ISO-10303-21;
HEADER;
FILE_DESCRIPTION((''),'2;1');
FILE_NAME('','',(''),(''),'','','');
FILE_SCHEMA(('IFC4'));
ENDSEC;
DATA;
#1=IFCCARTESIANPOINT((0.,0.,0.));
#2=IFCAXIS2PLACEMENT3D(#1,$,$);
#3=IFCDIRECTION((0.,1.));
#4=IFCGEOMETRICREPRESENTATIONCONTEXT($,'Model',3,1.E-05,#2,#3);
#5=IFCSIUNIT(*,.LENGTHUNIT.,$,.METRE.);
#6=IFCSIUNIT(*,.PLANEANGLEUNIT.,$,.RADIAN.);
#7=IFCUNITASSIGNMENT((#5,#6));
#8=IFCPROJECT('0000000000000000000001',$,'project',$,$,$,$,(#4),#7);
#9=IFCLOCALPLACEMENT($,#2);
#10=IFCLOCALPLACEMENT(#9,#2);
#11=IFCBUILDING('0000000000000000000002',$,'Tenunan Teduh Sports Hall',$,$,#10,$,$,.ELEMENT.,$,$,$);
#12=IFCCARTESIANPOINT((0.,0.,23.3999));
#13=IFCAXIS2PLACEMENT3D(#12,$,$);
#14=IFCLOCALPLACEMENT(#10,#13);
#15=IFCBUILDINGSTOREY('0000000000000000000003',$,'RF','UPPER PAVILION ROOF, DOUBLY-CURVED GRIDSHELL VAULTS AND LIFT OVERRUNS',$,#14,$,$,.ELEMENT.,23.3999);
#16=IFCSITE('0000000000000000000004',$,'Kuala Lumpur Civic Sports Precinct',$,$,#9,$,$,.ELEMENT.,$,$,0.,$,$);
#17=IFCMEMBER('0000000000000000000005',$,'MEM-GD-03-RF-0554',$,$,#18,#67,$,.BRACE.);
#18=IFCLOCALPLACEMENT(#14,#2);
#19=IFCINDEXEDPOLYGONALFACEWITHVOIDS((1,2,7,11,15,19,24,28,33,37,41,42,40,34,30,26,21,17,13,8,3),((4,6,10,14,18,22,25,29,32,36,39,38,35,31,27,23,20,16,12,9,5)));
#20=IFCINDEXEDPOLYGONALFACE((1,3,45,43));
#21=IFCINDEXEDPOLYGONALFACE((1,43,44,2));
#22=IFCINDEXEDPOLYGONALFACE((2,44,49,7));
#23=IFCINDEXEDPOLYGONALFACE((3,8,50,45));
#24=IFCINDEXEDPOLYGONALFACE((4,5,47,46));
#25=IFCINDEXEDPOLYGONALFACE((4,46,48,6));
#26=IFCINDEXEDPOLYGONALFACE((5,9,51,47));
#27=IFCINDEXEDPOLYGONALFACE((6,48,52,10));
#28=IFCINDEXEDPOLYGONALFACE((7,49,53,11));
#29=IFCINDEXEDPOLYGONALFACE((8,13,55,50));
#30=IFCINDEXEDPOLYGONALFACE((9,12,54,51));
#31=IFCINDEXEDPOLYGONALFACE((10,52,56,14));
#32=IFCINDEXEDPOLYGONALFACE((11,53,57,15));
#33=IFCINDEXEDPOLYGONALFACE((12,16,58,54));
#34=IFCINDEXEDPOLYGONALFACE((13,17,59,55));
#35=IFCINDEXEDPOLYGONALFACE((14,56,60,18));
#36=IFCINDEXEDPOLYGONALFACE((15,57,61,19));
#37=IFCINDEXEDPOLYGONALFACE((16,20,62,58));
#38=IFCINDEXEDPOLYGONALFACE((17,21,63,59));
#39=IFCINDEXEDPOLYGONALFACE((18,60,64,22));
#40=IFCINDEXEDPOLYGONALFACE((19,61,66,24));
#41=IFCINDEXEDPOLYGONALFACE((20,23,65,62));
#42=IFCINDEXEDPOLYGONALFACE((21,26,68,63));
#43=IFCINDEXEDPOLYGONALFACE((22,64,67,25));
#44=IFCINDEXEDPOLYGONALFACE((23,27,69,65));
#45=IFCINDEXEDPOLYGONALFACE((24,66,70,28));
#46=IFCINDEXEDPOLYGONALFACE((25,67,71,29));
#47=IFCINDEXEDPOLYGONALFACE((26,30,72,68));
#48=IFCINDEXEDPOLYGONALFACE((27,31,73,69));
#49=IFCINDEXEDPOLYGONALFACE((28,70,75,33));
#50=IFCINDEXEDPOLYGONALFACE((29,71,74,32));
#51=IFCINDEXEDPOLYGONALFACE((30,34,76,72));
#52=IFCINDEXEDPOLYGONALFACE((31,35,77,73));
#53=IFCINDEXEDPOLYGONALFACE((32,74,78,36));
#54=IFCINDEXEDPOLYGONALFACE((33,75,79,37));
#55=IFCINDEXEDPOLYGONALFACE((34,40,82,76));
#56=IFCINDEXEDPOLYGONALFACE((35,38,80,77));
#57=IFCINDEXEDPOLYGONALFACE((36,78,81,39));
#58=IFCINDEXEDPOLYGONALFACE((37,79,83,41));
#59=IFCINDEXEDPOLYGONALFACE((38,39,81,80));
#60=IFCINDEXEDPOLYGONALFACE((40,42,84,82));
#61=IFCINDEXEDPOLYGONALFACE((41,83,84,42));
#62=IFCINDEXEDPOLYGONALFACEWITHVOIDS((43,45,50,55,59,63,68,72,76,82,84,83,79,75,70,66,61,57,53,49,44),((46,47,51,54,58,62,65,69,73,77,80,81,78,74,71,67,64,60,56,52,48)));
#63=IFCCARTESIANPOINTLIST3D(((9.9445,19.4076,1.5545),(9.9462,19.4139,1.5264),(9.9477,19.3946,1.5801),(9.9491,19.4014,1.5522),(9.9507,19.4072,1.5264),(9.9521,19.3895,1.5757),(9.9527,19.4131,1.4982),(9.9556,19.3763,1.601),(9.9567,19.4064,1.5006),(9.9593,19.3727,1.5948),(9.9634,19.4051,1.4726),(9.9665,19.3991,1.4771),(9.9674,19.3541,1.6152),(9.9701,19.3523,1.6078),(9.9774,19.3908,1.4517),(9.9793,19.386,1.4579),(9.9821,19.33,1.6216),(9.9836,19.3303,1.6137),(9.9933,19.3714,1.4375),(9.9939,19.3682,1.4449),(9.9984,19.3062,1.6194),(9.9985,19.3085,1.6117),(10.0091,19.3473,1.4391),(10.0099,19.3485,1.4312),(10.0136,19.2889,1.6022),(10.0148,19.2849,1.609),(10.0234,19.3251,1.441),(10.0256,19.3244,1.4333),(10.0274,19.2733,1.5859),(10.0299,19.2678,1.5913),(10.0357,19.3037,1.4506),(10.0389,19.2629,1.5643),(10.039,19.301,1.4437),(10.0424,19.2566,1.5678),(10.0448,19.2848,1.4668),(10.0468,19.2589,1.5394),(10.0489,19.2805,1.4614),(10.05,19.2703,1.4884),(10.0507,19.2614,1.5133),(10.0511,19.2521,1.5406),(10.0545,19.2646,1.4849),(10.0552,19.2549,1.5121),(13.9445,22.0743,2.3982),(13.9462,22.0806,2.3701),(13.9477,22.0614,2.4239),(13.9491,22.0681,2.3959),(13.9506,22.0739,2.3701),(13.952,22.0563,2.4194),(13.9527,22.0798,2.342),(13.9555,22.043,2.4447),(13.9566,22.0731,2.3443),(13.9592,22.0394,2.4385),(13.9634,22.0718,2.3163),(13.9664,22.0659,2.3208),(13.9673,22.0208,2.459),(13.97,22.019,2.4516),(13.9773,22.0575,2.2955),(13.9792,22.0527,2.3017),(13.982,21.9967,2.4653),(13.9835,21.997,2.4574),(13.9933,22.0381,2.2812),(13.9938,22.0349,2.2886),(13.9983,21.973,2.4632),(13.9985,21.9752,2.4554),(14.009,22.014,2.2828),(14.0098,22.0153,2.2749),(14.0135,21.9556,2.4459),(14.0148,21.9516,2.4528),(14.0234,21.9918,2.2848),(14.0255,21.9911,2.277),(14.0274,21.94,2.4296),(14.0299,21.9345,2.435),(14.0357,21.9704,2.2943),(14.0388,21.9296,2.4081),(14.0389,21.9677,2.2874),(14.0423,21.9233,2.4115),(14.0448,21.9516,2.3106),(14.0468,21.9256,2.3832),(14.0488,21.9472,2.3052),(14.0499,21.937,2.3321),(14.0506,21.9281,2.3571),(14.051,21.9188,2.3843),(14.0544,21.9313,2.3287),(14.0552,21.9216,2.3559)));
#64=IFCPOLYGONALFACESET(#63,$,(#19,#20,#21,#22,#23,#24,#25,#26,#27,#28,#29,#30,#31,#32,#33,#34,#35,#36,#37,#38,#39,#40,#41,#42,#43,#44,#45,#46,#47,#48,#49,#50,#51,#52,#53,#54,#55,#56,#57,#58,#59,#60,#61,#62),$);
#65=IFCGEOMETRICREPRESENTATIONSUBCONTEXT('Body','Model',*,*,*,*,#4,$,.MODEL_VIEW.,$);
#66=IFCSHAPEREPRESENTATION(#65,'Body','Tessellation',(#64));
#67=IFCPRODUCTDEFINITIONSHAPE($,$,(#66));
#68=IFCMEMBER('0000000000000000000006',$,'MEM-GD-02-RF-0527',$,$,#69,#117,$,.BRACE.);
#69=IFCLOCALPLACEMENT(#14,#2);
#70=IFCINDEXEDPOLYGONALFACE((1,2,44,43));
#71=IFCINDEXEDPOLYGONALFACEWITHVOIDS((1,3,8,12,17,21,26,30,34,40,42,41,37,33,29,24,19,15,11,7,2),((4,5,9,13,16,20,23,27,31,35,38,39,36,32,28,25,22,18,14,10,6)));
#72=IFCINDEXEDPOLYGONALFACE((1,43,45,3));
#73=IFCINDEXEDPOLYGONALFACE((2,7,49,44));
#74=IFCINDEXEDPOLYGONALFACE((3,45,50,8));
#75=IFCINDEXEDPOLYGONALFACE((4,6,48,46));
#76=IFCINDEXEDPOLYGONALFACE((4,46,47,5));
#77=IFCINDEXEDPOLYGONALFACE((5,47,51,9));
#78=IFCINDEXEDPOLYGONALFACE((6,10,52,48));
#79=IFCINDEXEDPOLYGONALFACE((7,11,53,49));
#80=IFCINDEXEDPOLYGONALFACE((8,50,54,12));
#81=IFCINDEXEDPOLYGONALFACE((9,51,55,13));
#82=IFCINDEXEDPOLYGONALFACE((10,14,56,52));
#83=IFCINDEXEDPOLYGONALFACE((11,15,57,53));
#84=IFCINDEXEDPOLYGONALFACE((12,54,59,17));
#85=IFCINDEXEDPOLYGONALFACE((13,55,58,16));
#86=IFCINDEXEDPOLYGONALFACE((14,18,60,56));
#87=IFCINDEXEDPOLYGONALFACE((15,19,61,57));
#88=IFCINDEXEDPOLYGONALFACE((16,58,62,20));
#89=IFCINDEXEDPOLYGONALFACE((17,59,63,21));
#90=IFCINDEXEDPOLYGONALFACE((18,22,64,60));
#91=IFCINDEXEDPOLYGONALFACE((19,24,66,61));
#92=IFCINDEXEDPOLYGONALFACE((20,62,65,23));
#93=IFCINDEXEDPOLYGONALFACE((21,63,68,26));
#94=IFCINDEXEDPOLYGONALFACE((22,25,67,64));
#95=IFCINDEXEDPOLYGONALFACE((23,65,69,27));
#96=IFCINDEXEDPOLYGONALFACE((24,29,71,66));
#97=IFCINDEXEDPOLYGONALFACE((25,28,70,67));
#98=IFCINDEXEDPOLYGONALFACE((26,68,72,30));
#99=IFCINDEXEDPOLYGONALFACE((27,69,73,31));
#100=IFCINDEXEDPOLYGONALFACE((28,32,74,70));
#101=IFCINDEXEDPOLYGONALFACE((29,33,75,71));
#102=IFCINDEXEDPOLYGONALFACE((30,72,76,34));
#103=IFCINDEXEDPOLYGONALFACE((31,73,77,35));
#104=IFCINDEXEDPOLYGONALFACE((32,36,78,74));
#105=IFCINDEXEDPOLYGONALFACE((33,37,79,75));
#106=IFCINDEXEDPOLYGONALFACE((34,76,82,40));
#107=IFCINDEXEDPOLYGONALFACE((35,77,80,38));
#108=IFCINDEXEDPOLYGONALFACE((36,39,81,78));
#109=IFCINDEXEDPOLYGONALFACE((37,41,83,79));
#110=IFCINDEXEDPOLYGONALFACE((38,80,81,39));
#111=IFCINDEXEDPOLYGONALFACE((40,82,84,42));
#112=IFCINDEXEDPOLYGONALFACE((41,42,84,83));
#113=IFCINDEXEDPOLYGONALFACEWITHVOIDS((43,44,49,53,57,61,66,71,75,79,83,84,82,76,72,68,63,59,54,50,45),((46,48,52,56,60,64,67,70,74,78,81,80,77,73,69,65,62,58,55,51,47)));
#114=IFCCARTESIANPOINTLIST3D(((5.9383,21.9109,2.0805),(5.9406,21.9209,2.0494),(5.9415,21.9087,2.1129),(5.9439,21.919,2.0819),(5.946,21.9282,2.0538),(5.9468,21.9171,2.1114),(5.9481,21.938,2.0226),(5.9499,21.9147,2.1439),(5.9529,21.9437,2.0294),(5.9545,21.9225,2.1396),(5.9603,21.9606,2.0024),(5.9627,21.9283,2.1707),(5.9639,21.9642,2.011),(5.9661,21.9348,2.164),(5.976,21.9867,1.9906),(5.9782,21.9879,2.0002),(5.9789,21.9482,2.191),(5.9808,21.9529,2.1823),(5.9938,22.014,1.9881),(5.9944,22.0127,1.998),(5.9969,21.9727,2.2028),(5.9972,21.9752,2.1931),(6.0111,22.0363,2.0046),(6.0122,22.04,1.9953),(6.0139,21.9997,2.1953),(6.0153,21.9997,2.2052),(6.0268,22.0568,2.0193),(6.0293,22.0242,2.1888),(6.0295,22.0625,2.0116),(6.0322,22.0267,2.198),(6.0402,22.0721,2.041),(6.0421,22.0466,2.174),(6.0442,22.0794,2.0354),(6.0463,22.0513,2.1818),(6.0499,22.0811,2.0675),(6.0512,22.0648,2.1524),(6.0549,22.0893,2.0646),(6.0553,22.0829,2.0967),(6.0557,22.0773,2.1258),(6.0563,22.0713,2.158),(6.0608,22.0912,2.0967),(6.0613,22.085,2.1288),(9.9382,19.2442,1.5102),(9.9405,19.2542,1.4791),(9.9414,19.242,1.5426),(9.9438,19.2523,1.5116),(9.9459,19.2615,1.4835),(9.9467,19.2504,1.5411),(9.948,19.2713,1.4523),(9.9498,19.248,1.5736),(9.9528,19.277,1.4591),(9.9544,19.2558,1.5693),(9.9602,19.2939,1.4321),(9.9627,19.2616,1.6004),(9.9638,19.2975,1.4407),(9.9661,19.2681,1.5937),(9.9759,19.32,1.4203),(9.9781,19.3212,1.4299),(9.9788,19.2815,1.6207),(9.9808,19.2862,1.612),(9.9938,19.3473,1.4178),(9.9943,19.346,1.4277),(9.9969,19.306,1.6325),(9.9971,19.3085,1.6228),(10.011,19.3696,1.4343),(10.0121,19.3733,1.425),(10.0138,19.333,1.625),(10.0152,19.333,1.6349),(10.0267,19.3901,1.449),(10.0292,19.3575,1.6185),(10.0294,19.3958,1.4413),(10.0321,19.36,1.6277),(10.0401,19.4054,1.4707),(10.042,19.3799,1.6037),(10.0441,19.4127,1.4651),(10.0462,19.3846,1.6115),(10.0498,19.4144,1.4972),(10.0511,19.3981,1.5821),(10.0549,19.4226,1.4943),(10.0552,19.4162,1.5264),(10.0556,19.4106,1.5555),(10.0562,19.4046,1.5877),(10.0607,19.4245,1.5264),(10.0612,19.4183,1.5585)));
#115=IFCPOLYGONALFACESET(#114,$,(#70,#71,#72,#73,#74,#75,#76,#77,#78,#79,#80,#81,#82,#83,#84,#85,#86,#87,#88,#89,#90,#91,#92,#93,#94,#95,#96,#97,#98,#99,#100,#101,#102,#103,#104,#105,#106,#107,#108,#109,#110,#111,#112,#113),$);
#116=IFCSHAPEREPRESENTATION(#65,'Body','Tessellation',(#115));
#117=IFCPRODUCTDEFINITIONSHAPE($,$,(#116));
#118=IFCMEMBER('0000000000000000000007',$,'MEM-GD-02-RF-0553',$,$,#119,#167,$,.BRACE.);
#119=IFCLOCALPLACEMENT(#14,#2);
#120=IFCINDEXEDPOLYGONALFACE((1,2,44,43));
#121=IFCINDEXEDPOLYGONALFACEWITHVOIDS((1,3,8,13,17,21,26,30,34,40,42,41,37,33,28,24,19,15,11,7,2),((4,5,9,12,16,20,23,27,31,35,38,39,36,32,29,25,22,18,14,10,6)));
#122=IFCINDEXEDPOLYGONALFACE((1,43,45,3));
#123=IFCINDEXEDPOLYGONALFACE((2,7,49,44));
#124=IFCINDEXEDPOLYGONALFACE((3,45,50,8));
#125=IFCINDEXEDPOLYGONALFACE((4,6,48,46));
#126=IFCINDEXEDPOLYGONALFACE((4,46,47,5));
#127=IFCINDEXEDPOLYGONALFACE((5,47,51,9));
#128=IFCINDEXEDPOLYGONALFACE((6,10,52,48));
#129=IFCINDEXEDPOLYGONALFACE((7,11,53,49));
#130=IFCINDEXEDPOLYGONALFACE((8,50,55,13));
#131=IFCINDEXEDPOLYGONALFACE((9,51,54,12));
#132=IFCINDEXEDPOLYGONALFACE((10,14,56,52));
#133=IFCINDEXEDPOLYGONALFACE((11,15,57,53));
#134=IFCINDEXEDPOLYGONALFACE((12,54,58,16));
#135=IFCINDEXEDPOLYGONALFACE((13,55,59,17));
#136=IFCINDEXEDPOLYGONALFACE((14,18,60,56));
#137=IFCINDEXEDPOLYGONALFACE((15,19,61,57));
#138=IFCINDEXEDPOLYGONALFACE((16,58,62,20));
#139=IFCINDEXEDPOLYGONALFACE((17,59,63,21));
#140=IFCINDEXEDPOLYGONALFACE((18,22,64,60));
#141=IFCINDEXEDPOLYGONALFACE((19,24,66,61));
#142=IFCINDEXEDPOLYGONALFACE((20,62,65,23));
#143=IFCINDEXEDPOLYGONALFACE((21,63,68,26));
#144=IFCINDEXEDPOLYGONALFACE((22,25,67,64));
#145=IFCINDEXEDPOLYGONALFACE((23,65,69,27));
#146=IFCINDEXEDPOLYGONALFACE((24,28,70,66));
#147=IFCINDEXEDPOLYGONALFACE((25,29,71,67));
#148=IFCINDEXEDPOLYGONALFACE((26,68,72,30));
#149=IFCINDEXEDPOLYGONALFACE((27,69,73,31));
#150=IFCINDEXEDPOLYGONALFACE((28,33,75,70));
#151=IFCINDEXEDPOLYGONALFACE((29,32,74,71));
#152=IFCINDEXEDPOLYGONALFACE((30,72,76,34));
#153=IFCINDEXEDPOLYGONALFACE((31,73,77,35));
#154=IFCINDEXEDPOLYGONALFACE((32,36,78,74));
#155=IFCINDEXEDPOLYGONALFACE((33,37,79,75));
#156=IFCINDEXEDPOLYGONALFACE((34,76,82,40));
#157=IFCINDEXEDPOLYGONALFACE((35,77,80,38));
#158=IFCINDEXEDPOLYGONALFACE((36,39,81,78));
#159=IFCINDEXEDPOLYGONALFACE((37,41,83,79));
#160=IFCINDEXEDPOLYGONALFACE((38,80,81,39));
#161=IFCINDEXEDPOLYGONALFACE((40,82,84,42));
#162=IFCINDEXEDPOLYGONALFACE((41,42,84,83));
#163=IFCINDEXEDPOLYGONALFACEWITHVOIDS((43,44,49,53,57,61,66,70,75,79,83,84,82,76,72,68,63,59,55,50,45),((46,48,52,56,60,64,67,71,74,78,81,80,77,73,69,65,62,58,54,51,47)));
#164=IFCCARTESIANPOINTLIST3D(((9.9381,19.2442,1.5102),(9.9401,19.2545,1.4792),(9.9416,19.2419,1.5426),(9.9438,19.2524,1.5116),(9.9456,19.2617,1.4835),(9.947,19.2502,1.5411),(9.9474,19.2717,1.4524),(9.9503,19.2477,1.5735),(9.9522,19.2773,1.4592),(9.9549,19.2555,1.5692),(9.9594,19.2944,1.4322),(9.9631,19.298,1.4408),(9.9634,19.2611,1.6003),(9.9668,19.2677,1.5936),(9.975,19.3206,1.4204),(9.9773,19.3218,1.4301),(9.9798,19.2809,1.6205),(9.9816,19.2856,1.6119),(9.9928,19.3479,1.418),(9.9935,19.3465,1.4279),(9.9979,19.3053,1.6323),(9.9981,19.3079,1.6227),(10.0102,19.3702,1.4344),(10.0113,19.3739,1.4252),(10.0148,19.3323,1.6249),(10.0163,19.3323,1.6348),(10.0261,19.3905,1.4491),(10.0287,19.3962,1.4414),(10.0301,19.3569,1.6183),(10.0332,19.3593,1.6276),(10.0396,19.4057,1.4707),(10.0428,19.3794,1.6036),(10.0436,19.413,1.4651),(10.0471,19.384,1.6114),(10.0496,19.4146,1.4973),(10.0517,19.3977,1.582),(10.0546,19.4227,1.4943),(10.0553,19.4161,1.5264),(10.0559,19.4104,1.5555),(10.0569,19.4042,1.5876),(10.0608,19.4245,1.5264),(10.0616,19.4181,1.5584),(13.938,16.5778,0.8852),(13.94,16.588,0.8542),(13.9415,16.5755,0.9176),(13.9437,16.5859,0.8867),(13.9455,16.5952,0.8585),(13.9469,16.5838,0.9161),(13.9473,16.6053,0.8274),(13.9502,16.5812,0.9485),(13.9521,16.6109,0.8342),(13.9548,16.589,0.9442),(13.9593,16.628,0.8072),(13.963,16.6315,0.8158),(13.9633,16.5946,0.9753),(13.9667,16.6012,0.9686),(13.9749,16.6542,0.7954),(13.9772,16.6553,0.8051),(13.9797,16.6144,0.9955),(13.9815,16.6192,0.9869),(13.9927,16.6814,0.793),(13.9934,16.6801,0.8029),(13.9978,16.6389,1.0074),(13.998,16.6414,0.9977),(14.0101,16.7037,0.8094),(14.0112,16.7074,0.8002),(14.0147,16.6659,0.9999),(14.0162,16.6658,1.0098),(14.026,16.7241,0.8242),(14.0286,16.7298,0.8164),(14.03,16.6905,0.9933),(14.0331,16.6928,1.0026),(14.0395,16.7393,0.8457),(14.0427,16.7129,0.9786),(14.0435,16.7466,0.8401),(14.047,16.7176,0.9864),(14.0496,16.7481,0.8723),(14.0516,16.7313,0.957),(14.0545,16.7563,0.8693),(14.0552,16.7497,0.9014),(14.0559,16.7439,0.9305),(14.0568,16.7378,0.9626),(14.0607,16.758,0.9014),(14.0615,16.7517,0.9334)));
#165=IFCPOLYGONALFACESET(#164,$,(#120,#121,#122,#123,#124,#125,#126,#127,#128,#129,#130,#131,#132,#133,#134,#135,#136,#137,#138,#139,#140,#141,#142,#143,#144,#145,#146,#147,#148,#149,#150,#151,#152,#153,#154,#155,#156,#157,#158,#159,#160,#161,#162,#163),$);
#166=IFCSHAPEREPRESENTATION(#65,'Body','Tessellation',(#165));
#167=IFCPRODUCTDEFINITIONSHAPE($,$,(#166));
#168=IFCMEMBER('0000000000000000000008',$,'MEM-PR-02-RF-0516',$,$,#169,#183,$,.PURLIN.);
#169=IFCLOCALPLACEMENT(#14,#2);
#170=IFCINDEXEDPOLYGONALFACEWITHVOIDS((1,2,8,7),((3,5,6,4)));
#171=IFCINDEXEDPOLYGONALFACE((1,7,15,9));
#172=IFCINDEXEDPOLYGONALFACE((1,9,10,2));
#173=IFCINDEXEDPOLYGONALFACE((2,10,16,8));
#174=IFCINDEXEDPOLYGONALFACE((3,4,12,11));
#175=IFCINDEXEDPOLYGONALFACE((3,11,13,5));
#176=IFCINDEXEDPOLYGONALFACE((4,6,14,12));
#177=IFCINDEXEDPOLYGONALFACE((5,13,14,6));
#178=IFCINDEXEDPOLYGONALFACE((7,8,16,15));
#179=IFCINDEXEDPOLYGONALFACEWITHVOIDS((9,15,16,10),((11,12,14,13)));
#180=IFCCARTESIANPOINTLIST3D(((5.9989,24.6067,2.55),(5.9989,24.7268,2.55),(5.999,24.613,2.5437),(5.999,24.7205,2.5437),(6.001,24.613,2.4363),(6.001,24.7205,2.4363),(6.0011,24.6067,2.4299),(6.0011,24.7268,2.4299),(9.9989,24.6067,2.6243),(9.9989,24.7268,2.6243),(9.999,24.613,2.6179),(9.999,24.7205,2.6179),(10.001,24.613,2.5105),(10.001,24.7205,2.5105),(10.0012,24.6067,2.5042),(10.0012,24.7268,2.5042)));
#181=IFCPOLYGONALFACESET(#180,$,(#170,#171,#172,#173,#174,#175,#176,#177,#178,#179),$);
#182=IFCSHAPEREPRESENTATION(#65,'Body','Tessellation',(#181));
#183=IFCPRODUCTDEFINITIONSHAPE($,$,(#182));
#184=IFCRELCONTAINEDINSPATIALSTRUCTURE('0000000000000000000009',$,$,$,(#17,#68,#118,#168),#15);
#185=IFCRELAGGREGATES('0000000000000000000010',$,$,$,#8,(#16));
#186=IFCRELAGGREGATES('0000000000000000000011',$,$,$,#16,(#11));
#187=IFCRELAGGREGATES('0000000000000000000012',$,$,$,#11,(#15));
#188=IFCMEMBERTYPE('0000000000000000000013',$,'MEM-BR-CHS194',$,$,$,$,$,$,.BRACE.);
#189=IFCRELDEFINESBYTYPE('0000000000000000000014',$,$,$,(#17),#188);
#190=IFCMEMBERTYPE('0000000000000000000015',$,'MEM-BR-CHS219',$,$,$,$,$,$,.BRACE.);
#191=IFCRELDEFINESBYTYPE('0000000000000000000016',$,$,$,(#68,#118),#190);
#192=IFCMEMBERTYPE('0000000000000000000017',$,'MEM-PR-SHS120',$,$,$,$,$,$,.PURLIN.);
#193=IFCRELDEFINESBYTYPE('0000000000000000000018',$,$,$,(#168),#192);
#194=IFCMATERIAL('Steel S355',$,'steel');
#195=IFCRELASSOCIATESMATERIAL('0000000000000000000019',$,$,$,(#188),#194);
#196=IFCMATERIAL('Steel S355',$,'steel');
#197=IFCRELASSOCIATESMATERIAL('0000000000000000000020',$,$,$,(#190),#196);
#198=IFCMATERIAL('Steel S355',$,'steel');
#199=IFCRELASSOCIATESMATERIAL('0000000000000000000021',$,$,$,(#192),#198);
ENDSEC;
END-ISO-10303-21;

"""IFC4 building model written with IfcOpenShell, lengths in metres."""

from ifc_helpers import new_model, si_unit, direction, frame, origin, origin_2d, place, context, subcontext, project, spatial, hollow_rectangle, hollow_circle, extrude, material, material_profile, profile_set, type_object, element, save


model = new_model("IFC4")

# Units and contexts
model_context = context("Model", 3, precision=1e-05, world=origin(), true_north=direction((0.0, 1.0)))
body_context = subcontext(model_context, "Body", "Model", "MODEL_VIEW")
ifc_project = project(units=[si_unit("LENGTHUNIT", "METRE"), si_unit("PLANEANGLEUNIT", "RADIAN")], contexts=[model_context])

# Site, building, storey
site_placement = place(None, origin())
site = spatial("IfcSite", under=ifc_project, at=site_placement, Name="Kuala Lumpur Civic Sports Precinct", CompositionType="ELEMENT", RefElevation=0.0)
building_placement = place(site_placement, origin())
building = spatial("IfcBuilding", under=site, at=building_placement, Name="Tenunan Teduh Sports Hall", CompositionType="ELEMENT")
storey_placement = place(building_placement, frame((0.0, 0.0, 23.3999)))
storey = spatial("IfcBuildingStorey", under=building, at=storey_placement, Name="RF", Description="UPPER PAVILION ROOF, DOUBLY-CURVED GRIDSHELL VAULTS AND LIFT OVERRUNS", CompositionType="ELEMENT", Elevation=23.3999)

# Members
ifc_material_1 = material(Name="Steel S355", Category="steel")
ifc_material_profile_1 = material_profile(ifc_material_1, hollow_circle(Radius=0.0969, WallThickness=0.0081, at=origin_2d()), Name="CHS 193.7x8.0")
ifc_profile_set_1 = profile_set([ifc_material_profile_1], Name="Steel S355")
member_type_1 = type_object("IfcMemberType", Name="MEM-BR-CHS194", PredefinedType="BRACE", material=ifc_profile_set_1)
member_1_placement = place(storey_placement, frame((10.0, 19.3333, 1.5264), z_axis=(0.819516, 0.546361, 0.172867), x_axis=(-0.554712, 0.832042, 0.0)))
element("IfcMember", 1, at=member_1_placement, inside=storey, type_object=member_type_1, Name="MEM-GD-03-RF-0554", PredefinedType="BRACE", context=body_context, shape_type="SweptSolid", body=[
    extrude(hollow_circle(Radius=0.0969, WallThickness=0.0081, at=origin_2d()), origin(), (0.0, 0.0, 1.0), 4.8809),
])
ifc_material_2 = material(Name="Steel S355", Category="steel")
ifc_material_profile_2 = material_profile(ifc_material_2, hollow_circle(Radius=0.1096, WallThickness=0.01, at=origin_2d()), Name="CHS 219.1x10.0")
ifc_profile_set_2 = profile_set([ifc_material_profile_2], Name="Steel S355")
member_type_2 = type_object("IfcMemberType", Name="MEM-BR-CHS219", PredefinedType="BRACE", material=ifc_profile_set_2)
member_2_placement = place(storey_placement, frame((6.0, 22.0, 2.0967), z_axis=(0.826249, -0.550849, -0.117805), x_axis=(0.554712, 0.832042, 0.0)))
element("IfcMember", 2, at=member_2_placement, inside=storey, type_object=member_type_2, Name="MEM-GD-02-RF-0527", PredefinedType="BRACE", context=body_context, shape_type="SweptSolid", body=[
    extrude(hollow_circle(Radius=0.1096, WallThickness=0.01, at=origin_2d()), origin(), (0.0, 0.0, 1.0), 4.8411),
])
member_3_placement = place(storey_placement, frame((10.0, 19.3333, 1.5264), z_axis=(0.825122, -0.550048, -0.128925), x_axis=(0.554677, 0.832066, 0.0)))
element("IfcMember", 3, at=member_3_placement, inside=storey, type_object=member_type_2, Name="MEM-GD-02-RF-0553", PredefinedType="BRACE", context=body_context, shape_type="SweptSolid", body=[
    extrude(hollow_circle(Radius=0.1096, WallThickness=0.01, at=origin_2d()), origin(), (0.0, 0.0, 1.0), 4.8477),
])
ifc_material_3 = material(Name="Steel S355", Category="steel")
ifc_material_profile_3 = material_profile(ifc_material_3, hollow_rectangle(XDim=0.1201, YDim=0.1201, WallThickness=0.0063, at=origin_2d()), Name="SHS 120x120x6.3")
ifc_profile_set_3 = profile_set([ifc_material_profile_3], Name="Steel S355")
member_type_3 = type_object("IfcMemberType", Name="MEM-PR-SHS120", PredefinedType="PURLIN", material=ifc_profile_set_3)
member_4_placement = place(storey_placement, frame((6.0, 24.6667, 2.49), z_axis=(0.999828, 0.0, 0.018551), x_axis=(0.0, 1.0, 0.0)))
element("IfcMember", 4, at=member_4_placement, inside=storey, type_object=member_type_3, Name="MEM-PR-02-RF-0516", PredefinedType="PURLIN", context=body_context, shape_type="SweptSolid", body=[
    extrude(hollow_rectangle(XDim=0.1201, YDim=0.1201, WallThickness=0.0063, at=origin_2d()), origin(), (0.0, 0.0, 1.0), 4.0007),
])

save(model, "model.ifc")
